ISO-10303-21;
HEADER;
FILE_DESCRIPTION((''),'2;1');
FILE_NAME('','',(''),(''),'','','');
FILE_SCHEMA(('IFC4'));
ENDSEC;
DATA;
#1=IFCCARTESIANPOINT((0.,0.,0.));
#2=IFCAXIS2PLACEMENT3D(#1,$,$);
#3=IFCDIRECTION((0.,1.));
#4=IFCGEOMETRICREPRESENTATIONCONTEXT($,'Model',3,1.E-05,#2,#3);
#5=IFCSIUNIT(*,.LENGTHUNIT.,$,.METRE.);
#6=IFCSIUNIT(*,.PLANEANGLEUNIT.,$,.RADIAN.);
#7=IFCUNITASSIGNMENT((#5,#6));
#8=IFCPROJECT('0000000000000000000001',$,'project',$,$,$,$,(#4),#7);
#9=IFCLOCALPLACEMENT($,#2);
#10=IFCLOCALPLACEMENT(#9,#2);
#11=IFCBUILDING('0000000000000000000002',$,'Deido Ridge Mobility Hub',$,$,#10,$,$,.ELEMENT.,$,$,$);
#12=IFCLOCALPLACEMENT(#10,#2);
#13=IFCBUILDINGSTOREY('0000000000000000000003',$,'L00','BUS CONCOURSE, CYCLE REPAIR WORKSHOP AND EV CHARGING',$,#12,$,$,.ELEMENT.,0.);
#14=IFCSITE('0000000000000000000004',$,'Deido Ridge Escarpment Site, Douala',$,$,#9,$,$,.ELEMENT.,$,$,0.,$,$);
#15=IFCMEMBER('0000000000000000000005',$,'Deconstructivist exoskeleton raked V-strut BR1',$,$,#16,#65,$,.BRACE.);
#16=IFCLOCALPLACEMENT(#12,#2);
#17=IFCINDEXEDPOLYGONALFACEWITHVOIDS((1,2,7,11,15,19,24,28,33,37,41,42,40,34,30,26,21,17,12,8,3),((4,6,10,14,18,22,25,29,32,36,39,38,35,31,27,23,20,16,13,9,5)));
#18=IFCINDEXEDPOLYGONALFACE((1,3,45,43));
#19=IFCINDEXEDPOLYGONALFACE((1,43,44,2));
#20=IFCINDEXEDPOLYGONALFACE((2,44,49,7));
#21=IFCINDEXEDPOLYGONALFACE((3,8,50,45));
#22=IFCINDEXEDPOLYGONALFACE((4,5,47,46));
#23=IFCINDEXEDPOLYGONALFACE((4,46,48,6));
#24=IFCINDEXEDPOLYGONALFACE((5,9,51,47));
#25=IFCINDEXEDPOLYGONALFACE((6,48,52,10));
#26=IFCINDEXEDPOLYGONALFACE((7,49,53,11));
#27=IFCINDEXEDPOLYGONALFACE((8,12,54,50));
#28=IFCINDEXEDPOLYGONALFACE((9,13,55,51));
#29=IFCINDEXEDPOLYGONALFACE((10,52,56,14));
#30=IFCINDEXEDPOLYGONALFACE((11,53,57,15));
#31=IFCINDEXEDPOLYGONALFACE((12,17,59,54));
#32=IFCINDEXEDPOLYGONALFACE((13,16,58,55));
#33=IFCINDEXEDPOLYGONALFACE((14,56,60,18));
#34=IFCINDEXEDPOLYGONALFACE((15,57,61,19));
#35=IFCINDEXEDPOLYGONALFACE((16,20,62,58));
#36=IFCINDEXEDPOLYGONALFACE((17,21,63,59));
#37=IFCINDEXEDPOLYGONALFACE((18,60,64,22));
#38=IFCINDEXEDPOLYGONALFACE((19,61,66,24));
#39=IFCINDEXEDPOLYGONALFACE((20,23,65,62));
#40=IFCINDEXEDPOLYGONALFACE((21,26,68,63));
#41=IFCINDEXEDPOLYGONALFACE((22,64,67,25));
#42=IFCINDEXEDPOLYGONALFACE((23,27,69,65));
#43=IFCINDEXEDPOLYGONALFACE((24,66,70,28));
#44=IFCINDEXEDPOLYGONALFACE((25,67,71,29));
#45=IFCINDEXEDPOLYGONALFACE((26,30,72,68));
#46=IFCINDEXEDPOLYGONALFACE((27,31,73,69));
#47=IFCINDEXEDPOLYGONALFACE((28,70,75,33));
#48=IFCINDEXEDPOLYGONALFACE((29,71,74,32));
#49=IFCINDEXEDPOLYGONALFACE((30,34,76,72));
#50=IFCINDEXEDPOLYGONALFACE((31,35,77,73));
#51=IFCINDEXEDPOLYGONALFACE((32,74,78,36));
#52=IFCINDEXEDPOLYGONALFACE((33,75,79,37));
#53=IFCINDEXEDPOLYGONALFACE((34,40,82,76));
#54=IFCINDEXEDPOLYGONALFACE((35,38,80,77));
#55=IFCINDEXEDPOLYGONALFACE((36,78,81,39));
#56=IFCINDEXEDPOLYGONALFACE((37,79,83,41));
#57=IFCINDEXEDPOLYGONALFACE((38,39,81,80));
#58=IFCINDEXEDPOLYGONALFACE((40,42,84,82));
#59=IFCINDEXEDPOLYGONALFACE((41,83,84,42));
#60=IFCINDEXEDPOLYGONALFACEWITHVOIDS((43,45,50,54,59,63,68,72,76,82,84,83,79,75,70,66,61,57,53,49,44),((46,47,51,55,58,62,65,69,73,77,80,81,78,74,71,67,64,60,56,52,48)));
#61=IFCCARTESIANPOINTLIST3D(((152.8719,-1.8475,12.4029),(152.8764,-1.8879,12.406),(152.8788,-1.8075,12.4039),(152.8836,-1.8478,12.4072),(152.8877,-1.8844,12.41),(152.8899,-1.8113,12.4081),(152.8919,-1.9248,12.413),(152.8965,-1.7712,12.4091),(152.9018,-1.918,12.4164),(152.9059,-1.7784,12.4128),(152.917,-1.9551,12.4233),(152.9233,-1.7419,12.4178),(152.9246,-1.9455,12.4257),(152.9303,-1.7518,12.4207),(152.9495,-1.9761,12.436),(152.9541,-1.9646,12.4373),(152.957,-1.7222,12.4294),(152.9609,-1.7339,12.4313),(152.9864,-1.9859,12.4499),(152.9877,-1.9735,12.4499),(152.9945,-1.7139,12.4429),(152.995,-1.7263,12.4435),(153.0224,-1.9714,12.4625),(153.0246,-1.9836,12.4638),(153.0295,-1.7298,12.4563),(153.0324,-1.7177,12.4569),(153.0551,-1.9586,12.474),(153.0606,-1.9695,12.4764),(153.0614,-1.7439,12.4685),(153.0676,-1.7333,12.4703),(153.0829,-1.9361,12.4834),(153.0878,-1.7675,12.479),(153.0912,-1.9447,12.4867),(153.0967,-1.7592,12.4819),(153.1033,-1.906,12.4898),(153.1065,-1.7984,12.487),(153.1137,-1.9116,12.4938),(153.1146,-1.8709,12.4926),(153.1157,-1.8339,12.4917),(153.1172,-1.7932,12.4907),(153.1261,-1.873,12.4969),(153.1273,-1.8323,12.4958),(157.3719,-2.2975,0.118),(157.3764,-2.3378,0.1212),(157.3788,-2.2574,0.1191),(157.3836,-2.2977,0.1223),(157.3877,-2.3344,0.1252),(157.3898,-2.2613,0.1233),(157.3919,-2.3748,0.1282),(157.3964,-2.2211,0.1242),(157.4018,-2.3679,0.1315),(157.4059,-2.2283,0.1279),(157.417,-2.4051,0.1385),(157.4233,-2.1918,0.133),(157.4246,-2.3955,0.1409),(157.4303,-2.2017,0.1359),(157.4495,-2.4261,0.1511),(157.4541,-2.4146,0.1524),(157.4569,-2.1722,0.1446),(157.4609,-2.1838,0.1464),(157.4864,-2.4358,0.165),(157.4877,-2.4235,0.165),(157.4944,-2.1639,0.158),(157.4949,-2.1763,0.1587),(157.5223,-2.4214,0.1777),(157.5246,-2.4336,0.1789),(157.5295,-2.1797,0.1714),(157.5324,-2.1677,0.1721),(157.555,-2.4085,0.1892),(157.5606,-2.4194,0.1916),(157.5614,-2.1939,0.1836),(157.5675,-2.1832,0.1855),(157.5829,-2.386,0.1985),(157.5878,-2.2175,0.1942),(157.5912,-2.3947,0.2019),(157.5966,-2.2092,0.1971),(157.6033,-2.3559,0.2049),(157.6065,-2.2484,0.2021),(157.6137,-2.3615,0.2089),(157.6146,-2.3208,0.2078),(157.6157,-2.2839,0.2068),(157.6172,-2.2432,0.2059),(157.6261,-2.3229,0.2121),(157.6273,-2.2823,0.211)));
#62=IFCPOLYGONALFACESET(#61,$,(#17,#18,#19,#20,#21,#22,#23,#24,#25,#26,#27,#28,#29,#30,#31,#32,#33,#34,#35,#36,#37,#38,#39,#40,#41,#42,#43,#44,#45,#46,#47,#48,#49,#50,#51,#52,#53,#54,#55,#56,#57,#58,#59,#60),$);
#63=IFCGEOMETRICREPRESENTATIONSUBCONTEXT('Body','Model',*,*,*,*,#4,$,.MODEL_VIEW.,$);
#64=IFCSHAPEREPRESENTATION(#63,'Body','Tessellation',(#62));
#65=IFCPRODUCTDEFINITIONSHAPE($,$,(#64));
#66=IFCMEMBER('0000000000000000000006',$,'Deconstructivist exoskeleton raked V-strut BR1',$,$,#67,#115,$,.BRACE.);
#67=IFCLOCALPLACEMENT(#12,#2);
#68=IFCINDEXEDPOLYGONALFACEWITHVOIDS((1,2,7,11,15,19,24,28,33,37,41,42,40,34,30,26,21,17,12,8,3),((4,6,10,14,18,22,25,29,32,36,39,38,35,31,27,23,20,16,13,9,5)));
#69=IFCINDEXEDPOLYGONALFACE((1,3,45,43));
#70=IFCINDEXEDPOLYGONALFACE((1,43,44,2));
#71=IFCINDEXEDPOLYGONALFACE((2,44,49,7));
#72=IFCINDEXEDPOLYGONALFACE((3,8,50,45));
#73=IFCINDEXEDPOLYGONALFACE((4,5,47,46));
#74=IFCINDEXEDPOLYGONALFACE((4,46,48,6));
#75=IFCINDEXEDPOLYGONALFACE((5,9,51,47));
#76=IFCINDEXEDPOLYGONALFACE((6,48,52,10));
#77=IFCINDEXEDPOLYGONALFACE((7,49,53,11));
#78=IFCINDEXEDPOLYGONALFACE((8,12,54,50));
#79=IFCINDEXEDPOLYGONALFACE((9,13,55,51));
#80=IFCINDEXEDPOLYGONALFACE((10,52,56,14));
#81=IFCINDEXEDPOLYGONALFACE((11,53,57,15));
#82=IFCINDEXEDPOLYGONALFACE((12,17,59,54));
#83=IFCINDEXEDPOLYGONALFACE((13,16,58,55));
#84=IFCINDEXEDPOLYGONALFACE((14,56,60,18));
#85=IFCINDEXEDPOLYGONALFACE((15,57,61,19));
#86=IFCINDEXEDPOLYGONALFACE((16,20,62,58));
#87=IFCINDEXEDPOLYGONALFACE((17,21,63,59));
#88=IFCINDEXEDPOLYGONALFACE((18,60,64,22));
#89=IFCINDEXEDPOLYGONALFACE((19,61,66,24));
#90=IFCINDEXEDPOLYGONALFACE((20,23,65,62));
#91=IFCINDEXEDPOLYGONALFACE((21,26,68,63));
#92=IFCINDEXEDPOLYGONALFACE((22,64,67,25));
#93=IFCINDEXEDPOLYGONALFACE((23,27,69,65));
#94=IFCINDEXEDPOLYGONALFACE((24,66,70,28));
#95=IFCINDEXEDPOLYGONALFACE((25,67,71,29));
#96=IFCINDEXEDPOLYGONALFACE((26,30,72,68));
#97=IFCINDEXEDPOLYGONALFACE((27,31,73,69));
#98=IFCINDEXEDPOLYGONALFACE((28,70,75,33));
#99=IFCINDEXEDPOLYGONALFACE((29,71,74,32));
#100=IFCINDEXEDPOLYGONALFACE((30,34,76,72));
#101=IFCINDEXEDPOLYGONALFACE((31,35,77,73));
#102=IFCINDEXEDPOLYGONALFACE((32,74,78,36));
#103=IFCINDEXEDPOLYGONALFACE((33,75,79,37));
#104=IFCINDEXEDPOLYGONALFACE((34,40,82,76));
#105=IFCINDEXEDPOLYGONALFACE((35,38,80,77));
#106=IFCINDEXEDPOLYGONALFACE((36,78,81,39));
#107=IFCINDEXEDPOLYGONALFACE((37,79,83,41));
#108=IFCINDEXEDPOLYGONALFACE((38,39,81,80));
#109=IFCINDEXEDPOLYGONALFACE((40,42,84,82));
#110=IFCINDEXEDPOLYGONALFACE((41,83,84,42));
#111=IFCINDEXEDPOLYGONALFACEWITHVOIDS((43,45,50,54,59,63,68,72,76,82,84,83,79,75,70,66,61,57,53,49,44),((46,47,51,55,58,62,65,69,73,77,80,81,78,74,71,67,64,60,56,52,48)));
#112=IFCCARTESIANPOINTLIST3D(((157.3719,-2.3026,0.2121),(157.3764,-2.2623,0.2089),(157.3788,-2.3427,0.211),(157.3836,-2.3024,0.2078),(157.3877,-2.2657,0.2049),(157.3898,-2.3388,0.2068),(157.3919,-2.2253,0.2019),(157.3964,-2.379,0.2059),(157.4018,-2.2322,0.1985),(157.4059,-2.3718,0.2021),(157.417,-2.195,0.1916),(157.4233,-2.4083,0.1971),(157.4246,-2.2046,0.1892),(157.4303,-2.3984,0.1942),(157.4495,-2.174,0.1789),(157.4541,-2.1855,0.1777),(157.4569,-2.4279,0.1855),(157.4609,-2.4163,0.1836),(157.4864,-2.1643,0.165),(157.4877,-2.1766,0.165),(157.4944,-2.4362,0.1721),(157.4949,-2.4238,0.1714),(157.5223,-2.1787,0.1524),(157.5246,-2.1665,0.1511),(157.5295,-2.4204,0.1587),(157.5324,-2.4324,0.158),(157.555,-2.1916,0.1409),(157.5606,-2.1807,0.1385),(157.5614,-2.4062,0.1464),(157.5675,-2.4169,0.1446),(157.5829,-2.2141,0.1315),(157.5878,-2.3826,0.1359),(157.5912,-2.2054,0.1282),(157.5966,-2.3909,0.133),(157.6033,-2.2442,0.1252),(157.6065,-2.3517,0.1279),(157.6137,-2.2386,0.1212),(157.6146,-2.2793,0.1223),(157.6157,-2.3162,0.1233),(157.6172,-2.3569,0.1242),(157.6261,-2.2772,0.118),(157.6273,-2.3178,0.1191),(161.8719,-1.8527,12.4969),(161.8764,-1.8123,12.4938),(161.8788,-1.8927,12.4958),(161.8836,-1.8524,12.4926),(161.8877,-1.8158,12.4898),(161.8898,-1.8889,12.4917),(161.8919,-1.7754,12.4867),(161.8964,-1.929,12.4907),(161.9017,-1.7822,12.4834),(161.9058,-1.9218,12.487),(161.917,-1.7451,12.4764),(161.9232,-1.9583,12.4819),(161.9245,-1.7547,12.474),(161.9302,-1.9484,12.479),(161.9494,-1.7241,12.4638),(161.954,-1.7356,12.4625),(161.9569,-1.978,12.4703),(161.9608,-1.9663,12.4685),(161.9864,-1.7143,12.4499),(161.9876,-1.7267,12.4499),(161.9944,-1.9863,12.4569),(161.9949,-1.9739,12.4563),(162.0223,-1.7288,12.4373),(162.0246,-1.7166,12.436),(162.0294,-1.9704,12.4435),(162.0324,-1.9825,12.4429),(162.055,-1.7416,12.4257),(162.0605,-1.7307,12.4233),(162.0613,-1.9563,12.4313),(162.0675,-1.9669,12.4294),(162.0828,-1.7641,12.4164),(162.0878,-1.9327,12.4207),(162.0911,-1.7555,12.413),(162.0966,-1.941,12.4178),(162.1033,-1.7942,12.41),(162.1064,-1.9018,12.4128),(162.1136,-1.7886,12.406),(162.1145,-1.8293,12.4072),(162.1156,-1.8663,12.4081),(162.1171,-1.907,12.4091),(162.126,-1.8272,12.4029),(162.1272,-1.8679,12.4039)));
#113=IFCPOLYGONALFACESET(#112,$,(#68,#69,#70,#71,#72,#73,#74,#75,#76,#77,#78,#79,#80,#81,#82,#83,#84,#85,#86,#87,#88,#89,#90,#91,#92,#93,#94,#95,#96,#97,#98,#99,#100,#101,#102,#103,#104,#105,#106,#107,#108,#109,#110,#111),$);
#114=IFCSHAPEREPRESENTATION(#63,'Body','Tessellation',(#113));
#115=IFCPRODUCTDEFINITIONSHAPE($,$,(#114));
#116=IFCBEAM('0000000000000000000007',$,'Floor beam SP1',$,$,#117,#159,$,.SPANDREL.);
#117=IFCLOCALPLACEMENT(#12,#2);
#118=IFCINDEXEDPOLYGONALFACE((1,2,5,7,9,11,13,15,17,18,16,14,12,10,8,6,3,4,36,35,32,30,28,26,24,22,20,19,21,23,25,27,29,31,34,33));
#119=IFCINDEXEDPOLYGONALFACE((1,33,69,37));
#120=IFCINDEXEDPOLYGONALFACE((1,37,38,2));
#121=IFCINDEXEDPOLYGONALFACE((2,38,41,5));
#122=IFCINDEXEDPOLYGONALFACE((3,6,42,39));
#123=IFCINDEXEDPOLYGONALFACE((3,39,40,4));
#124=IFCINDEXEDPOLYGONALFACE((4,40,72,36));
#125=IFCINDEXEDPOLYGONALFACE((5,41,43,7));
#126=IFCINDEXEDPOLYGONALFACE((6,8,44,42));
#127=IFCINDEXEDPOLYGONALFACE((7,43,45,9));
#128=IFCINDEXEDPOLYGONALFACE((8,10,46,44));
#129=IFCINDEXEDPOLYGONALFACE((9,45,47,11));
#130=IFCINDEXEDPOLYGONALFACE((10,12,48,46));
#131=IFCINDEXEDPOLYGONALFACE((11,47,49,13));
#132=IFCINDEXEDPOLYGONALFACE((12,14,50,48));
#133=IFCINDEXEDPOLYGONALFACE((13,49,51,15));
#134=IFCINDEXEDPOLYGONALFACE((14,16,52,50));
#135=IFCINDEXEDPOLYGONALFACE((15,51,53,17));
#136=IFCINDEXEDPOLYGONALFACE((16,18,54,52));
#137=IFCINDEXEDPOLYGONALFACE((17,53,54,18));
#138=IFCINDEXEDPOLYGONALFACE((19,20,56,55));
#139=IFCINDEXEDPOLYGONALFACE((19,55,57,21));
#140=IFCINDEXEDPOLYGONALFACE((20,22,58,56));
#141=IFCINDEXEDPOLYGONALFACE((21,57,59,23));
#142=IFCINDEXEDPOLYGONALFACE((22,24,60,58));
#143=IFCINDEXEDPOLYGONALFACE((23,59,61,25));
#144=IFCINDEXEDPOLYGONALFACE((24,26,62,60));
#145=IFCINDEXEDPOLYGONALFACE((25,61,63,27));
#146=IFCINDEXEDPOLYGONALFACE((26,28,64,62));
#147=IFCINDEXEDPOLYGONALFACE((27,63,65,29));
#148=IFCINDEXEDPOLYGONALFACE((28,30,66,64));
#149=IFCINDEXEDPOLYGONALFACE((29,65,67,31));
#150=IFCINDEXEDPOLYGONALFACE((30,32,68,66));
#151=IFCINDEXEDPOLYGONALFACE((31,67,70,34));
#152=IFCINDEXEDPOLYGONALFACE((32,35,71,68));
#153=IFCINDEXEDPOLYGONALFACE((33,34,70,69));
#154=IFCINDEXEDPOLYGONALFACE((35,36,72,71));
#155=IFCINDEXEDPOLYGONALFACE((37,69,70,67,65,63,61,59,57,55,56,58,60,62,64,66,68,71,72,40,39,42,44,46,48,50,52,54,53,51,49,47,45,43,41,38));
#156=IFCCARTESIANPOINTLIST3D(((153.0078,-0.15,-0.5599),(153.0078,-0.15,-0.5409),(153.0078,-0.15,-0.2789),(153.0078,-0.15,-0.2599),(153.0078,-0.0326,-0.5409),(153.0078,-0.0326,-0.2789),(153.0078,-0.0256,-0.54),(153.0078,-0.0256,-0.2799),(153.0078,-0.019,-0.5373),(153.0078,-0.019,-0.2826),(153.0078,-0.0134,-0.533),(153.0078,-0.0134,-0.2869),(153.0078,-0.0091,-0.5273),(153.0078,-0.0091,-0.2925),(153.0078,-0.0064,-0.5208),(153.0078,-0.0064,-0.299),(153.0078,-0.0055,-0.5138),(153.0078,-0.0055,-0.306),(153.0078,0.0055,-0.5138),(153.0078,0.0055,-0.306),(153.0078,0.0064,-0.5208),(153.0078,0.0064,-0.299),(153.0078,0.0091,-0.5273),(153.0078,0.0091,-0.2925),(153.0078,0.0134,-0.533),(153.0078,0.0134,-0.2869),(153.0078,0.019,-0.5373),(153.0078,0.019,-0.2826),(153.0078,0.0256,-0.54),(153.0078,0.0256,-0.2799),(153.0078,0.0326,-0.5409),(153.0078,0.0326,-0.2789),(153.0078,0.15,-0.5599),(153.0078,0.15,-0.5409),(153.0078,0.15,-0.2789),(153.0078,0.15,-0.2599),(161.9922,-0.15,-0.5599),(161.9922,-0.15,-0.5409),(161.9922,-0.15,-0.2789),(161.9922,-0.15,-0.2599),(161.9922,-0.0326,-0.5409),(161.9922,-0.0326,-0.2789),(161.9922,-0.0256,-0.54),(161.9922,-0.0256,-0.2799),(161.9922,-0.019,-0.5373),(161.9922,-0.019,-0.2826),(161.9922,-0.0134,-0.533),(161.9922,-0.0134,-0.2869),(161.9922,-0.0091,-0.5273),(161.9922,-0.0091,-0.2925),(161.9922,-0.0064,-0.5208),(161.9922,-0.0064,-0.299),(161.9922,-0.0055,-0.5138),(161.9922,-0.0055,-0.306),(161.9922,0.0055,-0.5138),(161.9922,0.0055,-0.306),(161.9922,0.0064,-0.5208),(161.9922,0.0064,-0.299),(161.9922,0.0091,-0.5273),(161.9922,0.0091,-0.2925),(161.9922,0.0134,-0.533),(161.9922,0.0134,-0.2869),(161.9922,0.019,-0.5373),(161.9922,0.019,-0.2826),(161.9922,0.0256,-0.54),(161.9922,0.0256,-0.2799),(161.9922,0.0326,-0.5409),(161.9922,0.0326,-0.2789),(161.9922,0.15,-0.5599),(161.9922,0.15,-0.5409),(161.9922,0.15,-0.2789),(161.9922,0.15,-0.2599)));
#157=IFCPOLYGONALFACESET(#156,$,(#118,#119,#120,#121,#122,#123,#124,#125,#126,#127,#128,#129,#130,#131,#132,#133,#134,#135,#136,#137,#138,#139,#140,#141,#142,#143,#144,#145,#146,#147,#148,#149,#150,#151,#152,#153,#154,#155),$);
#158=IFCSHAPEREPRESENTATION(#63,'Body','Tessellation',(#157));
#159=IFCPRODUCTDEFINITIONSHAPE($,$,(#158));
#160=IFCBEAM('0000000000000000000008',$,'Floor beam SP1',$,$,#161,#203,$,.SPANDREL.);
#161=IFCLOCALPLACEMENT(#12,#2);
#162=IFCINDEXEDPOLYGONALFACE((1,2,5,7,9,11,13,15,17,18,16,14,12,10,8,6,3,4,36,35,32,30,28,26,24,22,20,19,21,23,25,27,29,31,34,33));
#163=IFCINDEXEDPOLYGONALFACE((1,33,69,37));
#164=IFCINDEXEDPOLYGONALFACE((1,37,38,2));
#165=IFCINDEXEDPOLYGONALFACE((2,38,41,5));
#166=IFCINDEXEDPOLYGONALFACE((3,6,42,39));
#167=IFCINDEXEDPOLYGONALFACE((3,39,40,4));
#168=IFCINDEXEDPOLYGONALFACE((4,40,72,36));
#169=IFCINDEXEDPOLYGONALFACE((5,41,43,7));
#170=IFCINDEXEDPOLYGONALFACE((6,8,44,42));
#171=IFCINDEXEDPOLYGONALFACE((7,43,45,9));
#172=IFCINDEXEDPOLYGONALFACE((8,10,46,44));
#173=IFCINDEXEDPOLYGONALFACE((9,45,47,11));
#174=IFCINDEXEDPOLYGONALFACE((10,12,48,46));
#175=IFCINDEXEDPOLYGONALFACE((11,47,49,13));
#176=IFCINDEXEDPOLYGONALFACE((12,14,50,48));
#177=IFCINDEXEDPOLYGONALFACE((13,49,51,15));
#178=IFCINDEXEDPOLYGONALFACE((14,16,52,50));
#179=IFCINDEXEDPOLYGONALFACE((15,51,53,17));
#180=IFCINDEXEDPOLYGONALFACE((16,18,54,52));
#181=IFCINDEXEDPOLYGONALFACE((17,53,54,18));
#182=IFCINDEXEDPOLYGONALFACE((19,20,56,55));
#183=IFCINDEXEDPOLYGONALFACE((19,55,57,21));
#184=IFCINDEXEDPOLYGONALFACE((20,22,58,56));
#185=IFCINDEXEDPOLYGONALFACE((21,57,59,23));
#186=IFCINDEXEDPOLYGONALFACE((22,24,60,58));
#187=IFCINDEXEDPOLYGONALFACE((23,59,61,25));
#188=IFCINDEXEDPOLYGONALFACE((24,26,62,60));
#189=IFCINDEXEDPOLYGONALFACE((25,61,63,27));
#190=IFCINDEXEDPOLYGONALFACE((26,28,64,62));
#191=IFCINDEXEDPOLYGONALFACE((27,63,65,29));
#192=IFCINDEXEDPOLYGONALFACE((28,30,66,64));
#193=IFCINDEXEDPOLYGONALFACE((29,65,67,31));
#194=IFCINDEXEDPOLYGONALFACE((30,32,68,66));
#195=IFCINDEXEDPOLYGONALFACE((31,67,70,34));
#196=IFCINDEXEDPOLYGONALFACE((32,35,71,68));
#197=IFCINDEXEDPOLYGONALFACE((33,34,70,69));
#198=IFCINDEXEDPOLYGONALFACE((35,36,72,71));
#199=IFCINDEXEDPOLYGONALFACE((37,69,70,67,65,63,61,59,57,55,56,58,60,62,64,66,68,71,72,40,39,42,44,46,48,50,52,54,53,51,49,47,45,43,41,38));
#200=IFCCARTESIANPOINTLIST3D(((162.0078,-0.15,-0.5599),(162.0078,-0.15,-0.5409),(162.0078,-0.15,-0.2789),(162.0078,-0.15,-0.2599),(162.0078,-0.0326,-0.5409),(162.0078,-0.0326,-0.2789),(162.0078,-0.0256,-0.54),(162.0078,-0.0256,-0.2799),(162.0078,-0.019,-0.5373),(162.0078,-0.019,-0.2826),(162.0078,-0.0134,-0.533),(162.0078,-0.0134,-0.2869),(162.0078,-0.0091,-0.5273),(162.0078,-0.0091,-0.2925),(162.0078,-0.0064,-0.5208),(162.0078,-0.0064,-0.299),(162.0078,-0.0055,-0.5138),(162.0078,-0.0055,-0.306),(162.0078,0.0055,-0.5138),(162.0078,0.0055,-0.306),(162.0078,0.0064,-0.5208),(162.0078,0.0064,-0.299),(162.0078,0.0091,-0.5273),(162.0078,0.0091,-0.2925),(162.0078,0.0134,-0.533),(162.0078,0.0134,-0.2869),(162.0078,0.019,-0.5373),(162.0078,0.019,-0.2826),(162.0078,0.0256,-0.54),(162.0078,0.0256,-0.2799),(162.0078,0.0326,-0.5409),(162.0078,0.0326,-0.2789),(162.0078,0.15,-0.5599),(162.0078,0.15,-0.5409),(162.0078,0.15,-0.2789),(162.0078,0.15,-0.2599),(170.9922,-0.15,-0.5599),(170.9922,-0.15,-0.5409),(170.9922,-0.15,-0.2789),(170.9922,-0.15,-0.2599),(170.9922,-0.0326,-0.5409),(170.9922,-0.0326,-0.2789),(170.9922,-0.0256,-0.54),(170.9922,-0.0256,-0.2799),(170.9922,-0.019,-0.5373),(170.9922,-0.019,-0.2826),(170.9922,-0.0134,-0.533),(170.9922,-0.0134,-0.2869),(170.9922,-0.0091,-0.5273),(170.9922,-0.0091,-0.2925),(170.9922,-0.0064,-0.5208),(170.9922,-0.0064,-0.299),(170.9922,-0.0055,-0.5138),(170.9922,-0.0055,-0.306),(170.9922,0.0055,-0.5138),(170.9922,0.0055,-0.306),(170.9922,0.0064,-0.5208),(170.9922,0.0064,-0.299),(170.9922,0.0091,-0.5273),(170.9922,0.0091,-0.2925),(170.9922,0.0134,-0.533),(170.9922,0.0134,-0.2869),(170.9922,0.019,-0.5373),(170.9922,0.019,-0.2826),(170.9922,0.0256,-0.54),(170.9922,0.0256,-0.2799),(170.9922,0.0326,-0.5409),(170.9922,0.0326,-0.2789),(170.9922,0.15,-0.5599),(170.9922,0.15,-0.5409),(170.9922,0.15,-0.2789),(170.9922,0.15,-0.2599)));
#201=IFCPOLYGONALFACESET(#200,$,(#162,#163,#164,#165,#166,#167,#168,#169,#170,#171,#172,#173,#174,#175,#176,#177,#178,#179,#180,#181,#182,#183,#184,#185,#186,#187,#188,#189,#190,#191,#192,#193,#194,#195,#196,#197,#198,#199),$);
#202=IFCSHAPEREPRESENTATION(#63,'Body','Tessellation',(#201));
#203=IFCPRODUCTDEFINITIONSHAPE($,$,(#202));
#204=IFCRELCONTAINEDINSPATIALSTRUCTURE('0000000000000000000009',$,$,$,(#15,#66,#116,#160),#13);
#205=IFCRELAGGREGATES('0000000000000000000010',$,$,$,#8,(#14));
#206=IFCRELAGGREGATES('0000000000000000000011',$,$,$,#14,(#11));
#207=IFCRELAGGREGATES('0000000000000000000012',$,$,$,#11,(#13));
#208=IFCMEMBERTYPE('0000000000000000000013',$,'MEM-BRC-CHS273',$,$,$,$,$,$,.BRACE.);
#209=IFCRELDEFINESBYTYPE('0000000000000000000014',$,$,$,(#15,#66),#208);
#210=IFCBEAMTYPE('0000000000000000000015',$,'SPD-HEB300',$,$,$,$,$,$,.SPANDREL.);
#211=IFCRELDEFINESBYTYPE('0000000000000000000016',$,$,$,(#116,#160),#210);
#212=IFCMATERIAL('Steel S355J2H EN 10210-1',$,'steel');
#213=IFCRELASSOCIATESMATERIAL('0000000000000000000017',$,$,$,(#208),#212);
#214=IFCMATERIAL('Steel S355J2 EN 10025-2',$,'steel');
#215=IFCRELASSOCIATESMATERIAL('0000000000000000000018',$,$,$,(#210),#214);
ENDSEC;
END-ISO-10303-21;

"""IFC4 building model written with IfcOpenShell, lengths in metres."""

from ifc_helpers import new_model, si_unit, direction, frame, origin, origin_2d, place, context, subcontext, project, spatial, hollow_circle, i_section, extrude, material, material_profile, profile_set, type_object, element, save


model = new_model("IFC4")

# Units and contexts
model_context = context("Model", 3, precision=1e-05, world=origin(), true_north=direction((0.0, 1.0)))
body_context = subcontext(model_context, "Body", "Model", "MODEL_VIEW")
ifc_project = project(units=[si_unit("LENGTHUNIT", "METRE"), si_unit("PLANEANGLEUNIT", "RADIAN")], contexts=[model_context])

# Site, building, storey
site_placement = place(None, origin())
site = spatial("IfcSite", under=ifc_project, at=site_placement, Name="Deido Ridge Escarpment Site, Douala", CompositionType="ELEMENT", RefElevation=0.0)
building_placement = place(site_placement, origin())
building = spatial("IfcBuilding", under=site, at=building_placement, Name="Deido Ridge Mobility Hub", CompositionType="ELEMENT")
storey_placement = place(building_placement, origin())
storey = spatial("IfcBuildingStorey", under=building, at=storey_placement, Name="L00", Description="BUS CONCOURSE, CYCLE REPAIR WORKSHOP AND EV CHARGING", CompositionType="ELEMENT", Elevation=0.0)

# Shared definitions
ifc_material_1 = material(Name="Steel S355J2 EN 10025-2", Category="steel")

# Members
ifc_material_2 = material(Name="Steel S355J2H EN 10210-1", Category="steel")
ifc_material_profile_1 = material_profile(ifc_material_2, hollow_circle(Radius=0.1365, WallThickness=0.0125, at=origin_2d()), Name="CHS 273x12.5")
ifc_profile_set_1 = profile_set([ifc_material_profile_1], Name="Steel S355J2H EN 10210-1")
member_type = type_object("IfcMemberType", Name="MEM-BRC-CHS273", PredefinedType="BRACE", material=ifc_profile_set_1)
for number, where, z_axis, x_axis, name in (
    (1, (157.5, -2.3, 0.165), (-0.34375, 0.034371, 0.938432), (-0.099493, -0.995038, 0.0), "Deconstructivist exoskeleton raked V-strut BR1"),
    (2, (157.5, -2.3, 0.165), (0.34375, 0.034371, 0.938432), (-0.099493, 0.995038, 0.0), "Deconstructivist exoskeleton raked V-strut BR1"),
):
    element("IfcMember", number, at=place(storey_placement, frame(where, z_axis=z_axis, x_axis=x_axis)), inside=storey, type_object=member_type, Name=name, PredefinedType="BRACE", context=body_context, shape_type="SweptSolid", body=[
        extrude(hollow_circle(Radius=0.1365, WallThickness=0.0125, at=origin_2d()), origin(), (0.0, 0.0, 1.0), 13.0908),
    ])

# Beams
ifc_material_profile_2 = material_profile(ifc_material_1, i_section(OverallWidth=0.3, OverallDepth=0.3, WebThickness=0.011, FlangeThickness=0.019, FilletRadius=0.0271, at=origin_2d()), Name="HEB 300")
ifc_profile_set_2 = profile_set([ifc_material_profile_2], Name="Steel S355J2 EN 10025-2")
beam_type_1 = type_object("IfcBeamType", Name="SPD-HEB300", PredefinedType="SPANDREL", material=ifc_profile_set_2)
for number, where, z_axis, x_axis, name in (
    (3, (153.0078, 0.0, -0.4099), (1.0, 0.0, 0.0), (0.0, 1.0, 0.0), "Floor beam SP1"),
    (4, (162.0078, 0.0, -0.4099), (1.0, 0.0, 0.0), (0.0, 1.0, 0.0), "Floor beam SP1"),
):
    element("IfcBeam", number, at=place(storey_placement, frame(where, z_axis=z_axis, x_axis=x_axis)), inside=storey, type_object=beam_type_1, Name=name, PredefinedType="SPANDREL", context=body_context, shape_type="SweptSolid", body=[
        extrude(i_section(OverallWidth=0.3, OverallDepth=0.3, WebThickness=0.011, FlangeThickness=0.019, FilletRadius=0.0271, at=origin_2d()), origin(), (0.0, 0.0, 1.0), 8.9844),
    ])

save(model, "model.ifc")
